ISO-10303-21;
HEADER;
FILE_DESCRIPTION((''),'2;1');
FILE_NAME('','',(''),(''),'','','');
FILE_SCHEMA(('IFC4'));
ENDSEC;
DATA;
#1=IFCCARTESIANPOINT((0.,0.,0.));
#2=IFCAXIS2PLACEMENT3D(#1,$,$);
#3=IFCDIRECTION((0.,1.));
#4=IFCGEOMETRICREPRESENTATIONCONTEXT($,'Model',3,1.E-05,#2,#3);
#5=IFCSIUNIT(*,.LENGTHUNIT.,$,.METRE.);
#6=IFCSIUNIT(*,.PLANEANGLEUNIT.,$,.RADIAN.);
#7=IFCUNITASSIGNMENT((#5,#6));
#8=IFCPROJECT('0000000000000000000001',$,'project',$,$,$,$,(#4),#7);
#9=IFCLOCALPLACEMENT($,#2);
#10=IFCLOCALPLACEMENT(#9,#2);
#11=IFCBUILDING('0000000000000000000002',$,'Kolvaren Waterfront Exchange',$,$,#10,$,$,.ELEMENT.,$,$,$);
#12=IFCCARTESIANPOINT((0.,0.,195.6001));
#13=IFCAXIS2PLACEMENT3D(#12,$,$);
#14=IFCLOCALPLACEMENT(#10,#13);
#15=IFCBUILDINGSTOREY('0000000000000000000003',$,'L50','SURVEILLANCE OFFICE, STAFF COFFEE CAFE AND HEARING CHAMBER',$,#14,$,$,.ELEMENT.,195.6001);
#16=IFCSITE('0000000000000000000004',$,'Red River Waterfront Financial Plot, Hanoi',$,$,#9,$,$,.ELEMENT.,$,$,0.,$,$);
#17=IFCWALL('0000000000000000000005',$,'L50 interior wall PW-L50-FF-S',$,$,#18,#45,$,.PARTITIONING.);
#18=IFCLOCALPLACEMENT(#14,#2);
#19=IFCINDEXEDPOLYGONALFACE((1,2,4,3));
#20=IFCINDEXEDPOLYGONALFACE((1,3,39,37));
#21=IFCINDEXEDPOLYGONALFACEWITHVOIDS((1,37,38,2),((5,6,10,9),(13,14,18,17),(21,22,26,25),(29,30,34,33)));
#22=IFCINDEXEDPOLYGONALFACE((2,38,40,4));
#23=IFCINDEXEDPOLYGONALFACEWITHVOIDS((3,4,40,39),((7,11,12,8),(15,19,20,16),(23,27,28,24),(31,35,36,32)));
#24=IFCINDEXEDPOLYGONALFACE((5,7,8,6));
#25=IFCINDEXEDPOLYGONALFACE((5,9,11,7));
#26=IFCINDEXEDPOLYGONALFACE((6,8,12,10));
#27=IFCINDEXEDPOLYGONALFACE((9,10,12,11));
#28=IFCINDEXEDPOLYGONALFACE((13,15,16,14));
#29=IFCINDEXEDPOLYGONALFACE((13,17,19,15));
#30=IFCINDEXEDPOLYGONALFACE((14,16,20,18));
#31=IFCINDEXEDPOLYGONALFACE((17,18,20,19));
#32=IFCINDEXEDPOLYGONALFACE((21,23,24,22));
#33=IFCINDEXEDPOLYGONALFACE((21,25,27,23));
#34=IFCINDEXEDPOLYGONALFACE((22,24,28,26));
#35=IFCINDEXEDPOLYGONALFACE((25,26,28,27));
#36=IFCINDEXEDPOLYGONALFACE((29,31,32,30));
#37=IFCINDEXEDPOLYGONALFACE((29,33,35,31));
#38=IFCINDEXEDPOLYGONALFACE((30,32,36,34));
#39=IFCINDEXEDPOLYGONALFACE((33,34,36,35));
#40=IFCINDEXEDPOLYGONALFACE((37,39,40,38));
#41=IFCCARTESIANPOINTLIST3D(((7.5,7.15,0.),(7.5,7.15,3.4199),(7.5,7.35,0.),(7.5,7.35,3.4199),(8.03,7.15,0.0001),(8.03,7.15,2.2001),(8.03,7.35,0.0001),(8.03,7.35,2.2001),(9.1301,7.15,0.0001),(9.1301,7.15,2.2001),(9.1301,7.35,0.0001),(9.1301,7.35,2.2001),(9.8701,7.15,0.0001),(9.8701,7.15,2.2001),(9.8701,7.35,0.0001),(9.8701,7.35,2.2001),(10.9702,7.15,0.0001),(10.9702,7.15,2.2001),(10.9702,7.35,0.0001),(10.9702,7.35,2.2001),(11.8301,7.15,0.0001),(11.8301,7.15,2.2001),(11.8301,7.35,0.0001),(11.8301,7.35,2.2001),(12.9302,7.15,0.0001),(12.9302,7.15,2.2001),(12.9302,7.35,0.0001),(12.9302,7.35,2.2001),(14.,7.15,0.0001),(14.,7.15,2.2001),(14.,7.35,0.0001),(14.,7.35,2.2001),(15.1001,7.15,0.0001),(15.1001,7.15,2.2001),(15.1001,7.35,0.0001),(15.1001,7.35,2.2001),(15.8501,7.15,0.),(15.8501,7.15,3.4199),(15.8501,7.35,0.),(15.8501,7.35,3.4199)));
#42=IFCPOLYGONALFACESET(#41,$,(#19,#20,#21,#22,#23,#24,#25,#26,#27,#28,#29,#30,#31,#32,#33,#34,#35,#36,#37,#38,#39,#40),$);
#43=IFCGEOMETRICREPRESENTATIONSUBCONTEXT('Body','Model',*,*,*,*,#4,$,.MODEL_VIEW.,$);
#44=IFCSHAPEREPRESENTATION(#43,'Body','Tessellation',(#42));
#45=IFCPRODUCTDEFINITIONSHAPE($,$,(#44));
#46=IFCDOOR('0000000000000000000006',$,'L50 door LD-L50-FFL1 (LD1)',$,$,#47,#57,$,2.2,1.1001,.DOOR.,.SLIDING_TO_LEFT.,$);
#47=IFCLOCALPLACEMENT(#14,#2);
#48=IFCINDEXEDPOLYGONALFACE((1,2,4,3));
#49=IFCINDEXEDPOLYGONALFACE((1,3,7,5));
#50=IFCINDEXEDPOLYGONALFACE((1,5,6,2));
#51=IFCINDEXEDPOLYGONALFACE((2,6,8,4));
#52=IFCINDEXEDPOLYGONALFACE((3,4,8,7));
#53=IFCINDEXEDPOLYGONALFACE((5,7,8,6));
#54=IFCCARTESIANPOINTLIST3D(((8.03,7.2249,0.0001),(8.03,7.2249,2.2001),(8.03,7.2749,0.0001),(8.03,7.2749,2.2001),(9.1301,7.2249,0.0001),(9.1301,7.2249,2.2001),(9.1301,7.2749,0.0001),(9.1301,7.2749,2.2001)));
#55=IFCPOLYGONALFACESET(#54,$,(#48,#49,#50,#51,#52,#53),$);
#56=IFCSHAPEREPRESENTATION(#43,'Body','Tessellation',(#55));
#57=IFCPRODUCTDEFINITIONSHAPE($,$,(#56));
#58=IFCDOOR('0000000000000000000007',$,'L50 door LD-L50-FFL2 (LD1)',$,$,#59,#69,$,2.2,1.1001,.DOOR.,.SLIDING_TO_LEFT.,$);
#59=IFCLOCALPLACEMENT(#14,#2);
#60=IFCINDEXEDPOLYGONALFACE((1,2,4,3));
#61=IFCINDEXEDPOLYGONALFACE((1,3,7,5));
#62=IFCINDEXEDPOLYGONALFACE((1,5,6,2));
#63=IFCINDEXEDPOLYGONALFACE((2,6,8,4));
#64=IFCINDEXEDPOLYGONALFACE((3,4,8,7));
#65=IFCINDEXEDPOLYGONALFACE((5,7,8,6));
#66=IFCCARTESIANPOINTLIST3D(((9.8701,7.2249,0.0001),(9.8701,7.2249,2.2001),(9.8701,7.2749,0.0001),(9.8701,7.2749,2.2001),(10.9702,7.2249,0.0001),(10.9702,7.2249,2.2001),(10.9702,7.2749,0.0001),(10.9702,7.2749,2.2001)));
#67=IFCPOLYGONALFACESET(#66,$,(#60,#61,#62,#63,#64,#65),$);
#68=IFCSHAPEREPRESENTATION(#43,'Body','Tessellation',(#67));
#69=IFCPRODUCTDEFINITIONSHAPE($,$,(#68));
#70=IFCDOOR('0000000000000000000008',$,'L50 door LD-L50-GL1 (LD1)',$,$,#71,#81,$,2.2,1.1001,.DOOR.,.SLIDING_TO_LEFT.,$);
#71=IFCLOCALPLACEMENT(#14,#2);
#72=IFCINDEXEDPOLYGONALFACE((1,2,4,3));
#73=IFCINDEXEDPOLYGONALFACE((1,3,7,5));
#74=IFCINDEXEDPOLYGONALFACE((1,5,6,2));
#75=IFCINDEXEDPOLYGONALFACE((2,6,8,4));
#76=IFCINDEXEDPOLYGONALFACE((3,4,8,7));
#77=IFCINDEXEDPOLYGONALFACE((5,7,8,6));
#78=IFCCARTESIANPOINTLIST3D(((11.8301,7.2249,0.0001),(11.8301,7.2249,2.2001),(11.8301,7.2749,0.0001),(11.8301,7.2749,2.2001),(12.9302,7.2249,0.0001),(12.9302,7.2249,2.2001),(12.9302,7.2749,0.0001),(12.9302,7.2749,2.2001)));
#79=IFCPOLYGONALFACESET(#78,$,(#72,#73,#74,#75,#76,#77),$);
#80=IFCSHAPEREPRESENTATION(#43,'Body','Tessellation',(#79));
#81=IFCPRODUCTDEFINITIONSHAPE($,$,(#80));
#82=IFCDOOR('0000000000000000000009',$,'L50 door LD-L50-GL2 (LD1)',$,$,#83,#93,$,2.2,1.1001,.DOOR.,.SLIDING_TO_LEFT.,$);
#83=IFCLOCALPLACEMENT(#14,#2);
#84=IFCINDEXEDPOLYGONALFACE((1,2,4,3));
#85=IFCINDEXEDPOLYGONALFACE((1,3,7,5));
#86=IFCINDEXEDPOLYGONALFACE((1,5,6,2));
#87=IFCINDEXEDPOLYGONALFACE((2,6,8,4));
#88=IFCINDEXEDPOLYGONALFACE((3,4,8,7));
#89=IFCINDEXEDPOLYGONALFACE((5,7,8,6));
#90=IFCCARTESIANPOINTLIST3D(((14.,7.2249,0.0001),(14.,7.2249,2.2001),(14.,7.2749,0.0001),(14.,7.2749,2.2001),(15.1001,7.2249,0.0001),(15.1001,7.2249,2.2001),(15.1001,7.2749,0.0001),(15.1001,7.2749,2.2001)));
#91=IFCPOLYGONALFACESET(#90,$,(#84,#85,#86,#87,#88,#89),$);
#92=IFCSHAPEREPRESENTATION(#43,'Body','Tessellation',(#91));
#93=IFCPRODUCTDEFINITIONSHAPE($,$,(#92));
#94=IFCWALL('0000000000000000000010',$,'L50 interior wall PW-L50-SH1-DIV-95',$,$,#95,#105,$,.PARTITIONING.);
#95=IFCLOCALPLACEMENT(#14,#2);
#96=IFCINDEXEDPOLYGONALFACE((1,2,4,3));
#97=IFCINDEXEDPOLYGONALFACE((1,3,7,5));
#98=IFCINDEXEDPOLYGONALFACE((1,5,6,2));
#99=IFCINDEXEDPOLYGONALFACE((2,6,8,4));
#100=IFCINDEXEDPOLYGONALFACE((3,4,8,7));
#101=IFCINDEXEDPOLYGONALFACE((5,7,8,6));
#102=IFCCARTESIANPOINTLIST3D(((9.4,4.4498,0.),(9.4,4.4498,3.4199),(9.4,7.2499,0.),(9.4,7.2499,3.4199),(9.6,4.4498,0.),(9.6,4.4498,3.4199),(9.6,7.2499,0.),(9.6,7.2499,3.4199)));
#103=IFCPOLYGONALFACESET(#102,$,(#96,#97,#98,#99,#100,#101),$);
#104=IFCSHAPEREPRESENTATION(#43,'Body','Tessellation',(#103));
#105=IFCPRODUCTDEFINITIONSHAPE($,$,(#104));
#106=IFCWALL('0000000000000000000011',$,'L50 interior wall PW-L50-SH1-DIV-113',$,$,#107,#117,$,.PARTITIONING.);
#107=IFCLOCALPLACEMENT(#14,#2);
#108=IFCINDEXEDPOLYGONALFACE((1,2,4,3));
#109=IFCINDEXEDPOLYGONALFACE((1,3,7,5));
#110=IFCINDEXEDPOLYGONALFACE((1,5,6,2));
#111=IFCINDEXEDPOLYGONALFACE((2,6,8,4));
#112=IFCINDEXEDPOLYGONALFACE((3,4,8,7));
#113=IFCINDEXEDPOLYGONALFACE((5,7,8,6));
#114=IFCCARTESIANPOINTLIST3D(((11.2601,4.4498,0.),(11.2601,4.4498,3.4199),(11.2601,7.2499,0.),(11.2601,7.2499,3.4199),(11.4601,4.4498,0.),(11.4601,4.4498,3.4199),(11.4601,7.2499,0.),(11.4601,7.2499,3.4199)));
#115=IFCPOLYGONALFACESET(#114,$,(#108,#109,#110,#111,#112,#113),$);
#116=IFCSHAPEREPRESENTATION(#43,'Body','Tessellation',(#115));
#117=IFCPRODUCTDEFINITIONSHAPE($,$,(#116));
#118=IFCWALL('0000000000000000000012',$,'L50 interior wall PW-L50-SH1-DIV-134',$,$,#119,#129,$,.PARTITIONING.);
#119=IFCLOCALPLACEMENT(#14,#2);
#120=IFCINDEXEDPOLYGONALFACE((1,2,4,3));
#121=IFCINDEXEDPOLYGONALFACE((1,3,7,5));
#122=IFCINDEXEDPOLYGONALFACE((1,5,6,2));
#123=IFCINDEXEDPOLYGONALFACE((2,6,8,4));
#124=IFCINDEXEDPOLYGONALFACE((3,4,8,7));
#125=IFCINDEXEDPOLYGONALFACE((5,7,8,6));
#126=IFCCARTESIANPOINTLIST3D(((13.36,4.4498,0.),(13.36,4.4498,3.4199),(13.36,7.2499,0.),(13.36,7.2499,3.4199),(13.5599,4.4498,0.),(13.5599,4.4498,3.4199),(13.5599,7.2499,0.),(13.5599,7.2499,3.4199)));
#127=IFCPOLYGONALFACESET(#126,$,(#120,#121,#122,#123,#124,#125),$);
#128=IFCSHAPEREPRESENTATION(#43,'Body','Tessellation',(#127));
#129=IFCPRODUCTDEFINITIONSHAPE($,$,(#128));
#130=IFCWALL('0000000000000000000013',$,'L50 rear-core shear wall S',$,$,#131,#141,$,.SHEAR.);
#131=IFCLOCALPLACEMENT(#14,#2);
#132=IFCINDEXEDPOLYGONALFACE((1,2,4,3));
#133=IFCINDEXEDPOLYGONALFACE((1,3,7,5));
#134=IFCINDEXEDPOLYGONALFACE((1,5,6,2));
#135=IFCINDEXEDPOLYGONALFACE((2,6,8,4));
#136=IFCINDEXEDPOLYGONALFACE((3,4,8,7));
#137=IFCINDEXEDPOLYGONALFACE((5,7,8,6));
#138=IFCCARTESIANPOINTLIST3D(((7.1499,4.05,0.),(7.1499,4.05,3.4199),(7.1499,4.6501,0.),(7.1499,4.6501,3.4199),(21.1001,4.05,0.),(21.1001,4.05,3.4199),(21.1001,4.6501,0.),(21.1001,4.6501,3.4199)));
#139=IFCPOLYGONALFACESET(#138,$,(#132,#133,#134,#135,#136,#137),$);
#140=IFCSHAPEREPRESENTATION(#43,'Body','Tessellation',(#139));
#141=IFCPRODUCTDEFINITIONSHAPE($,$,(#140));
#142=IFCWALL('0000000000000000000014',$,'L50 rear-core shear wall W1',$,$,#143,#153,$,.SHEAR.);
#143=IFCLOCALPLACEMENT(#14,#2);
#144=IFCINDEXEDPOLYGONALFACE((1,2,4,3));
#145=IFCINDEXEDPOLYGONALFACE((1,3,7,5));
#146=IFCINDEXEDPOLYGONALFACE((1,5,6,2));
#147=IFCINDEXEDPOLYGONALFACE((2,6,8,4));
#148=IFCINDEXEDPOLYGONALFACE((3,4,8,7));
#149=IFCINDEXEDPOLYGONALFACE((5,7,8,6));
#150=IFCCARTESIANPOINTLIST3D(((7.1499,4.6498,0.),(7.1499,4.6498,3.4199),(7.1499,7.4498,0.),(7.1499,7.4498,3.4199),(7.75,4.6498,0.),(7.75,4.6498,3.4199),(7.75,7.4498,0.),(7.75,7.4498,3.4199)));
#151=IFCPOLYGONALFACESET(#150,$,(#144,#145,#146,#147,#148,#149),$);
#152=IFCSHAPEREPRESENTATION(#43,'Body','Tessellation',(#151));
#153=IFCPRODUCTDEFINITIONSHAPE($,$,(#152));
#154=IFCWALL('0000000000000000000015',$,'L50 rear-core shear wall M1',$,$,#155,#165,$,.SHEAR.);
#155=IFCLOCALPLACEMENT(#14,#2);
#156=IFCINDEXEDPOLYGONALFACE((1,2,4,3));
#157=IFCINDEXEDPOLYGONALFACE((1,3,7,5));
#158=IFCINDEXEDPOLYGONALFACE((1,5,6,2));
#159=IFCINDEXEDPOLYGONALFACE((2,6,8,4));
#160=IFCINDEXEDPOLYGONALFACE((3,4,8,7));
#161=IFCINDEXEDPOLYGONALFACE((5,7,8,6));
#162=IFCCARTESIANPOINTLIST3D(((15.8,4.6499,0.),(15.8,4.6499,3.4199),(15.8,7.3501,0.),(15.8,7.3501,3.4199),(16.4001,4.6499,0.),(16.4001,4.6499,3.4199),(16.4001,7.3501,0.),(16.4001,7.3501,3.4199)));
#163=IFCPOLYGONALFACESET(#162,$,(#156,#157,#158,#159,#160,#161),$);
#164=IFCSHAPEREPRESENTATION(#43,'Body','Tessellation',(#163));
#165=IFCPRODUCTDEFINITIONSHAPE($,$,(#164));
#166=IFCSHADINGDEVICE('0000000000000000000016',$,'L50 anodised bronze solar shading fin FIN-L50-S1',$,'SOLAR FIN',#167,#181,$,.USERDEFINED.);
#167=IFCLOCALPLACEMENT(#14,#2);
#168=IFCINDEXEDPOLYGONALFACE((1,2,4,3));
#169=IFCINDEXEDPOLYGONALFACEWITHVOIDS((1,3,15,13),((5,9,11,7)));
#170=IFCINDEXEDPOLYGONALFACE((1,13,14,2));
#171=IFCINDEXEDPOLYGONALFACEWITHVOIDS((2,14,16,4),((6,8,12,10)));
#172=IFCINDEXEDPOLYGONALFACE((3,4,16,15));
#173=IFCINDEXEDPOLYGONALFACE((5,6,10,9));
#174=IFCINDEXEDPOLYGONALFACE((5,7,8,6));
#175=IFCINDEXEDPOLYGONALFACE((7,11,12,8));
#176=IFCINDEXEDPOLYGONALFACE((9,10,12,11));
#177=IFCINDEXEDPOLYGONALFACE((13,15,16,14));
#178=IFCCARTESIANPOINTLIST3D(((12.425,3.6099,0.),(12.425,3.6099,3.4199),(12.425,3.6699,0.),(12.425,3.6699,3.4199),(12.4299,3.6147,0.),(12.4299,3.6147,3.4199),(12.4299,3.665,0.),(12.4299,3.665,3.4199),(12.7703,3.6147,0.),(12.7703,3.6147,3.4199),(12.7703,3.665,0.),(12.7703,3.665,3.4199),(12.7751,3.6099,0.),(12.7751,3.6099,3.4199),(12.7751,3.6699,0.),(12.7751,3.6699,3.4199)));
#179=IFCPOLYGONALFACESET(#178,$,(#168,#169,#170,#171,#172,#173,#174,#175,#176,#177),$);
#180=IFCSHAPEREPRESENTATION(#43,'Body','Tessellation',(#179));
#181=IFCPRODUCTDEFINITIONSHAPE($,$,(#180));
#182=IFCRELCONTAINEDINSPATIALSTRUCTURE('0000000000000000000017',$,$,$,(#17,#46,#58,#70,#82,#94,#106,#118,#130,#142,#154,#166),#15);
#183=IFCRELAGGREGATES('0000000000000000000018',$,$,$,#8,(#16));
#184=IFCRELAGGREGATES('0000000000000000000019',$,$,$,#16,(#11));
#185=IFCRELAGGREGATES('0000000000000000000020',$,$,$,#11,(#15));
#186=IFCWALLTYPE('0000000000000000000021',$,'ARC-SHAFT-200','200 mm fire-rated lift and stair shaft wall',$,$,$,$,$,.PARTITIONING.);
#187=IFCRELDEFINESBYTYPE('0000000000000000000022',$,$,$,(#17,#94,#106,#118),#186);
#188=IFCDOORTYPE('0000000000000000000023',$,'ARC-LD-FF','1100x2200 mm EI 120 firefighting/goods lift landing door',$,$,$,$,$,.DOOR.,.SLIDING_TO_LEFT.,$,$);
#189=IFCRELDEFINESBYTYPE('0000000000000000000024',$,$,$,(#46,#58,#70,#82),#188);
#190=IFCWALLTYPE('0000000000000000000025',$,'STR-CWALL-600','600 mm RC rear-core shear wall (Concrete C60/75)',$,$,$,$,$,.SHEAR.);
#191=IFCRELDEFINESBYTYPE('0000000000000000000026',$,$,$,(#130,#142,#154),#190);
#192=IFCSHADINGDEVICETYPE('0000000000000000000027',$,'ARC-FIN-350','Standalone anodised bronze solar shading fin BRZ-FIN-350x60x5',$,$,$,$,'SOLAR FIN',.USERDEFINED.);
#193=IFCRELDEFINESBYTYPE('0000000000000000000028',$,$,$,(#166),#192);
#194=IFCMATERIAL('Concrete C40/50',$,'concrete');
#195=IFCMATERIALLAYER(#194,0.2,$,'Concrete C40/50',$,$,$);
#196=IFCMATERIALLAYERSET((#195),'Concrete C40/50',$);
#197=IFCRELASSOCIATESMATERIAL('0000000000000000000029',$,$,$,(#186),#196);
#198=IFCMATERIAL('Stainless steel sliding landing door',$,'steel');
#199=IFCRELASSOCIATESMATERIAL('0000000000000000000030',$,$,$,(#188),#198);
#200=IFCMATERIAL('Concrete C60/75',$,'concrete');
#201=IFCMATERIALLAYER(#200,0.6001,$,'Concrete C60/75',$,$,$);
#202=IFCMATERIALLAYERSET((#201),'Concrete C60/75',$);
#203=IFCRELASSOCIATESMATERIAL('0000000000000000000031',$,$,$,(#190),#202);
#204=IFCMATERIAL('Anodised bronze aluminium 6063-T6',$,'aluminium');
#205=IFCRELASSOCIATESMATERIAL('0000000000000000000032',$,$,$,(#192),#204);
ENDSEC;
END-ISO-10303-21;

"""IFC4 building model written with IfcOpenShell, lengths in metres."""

from ifc_helpers import new_model, si_unit, direction, frame, frame_2d, origin, origin_2d, place, context, subcontext, project, spatial, rectangle, hollow_rectangle, extrude, material, layer, layer_set, material_profile, profile_set, type_object, element, fill, save


model = new_model("IFC4")

# Units and contexts
model_context = context("Model", 3, precision=1e-05, world=origin(), true_north=direction((0.0, 1.0)))
body_context = subcontext(model_context, "Body", "Model", "MODEL_VIEW")
ifc_project = project(units=[si_unit("LENGTHUNIT", "METRE"), si_unit("PLANEANGLEUNIT", "RADIAN")], contexts=[model_context])

# Site, building, storey
site_placement = place(None, origin())
site = spatial("IfcSite", under=ifc_project, at=site_placement, Name="Red River Waterfront Financial Plot, Hanoi", CompositionType="ELEMENT", RefElevation=0.0)
building_placement = place(site_placement, origin())
building = spatial("IfcBuilding", under=site, at=building_placement, Name="Kolvaren Waterfront Exchange", CompositionType="ELEMENT")
storey_placement = place(building_placement, frame((0.0, 0.0, 195.6001)))
storey = spatial("IfcBuildingStorey", under=building, at=storey_placement, Name="L50", Description="SURVEILLANCE OFFICE, STAFF COFFEE CAFE AND HEARING CHAMBER", CompositionType="ELEMENT", Elevation=195.6001)

# Shared definitions
ifc_material_1 = material(Name="Concrete C60/75", Category="concrete")

# Shared definitions
ifc_material_2 = material(Name="Anodised bronze aluminium 6063-T6", Category="aluminium")

# Shared definitions
ifc_material_3 = material(Name="Concrete C40/50", Category="concrete")
ifc_layer_1 = layer(ifc_material_3, 0.2, Name="Concrete C40/50")
ifc_layer_set_1 = layer_set([ifc_layer_1], Name="Concrete C40/50")
wall_type_1 = type_object("IfcWallType", Name="ARC-SHAFT-200", Description="200 mm fire-rated lift and stair shaft wall", PredefinedType="PARTITIONING", material=ifc_layer_set_1)

# Wall, openings, doors
wall_1_placement = place(storey_placement, frame((7.5, 7.25, 0.0), z_axis=(0.0, 0.0, 1.0), x_axis=(1.0, 0.0, 0.0)))
wall_1 = element("IfcWall", 1, at=wall_1_placement, inside=storey, type_object=wall_type_1, Name="L50 interior wall PW-L50-FF-S", PredefinedType="PARTITIONING", context=body_context, shape_type="SweptSolid", body=[
    extrude(rectangle(XDim=8.3501, YDim=0.2, at=frame_2d((4.175, 0.0))), origin(), (0.0, 0.0, 1.0), 3.4199),
])
opening_1_placement = place(wall_1_placement, frame((0.53, 0.0, 0.0)))
opening_1 = element("IfcOpeningElement", 2, at=opening_1_placement, cuts=wall_1, PredefinedType="OPENING", context=body_context, shape_type="SweptSolid", body=[
    extrude(rectangle(XDim=1.1001, YDim=2.2, at=frame_2d((0.55, 1.1001))), frame((0.0, 0.1099, 0.0), z_axis=(0.0, -1.0, 0.0), x_axis=(1.0, 0.0, 0.0)), (0.0, 0.0, 1.0), 0.22),
])
opening_2_placement = place(wall_1_placement, frame((2.3701, 0.0, 0.0)))
opening_2 = element("IfcOpeningElement", 3, at=opening_2_placement, cuts=wall_1, PredefinedType="OPENING", context=body_context, shape_type="SweptSolid", body=[
    extrude(rectangle(XDim=1.1001, YDim=2.2, at=frame_2d((0.55, 1.1001))), frame((0.0, 0.1099, 0.0), z_axis=(0.0, -1.0, 0.0), x_axis=(1.0, 0.0, 0.0)), (0.0, 0.0, 1.0), 0.22),
])
opening_3_placement = place(wall_1_placement, frame((4.3301, 0.0, 0.0)))
opening_3 = element("IfcOpeningElement", 4, at=opening_3_placement, cuts=wall_1, PredefinedType="OPENING", context=body_context, shape_type="SweptSolid", body=[
    extrude(rectangle(XDim=1.1001, YDim=2.2, at=frame_2d((0.55, 1.1001))), frame((0.0, 0.1099, 0.0), z_axis=(0.0, -1.0, 0.0), x_axis=(1.0, 0.0, 0.0)), (0.0, 0.0, 1.0), 0.22),
])
opening_4_placement = place(wall_1_placement, frame((6.5, 0.0, 0.0)))
opening_4 = element("IfcOpeningElement", 5, at=opening_4_placement, cuts=wall_1, PredefinedType="OPENING", context=body_context, shape_type="SweptSolid", body=[
    extrude(rectangle(XDim=1.1001, YDim=2.2, at=frame_2d((0.55, 1.1001))), frame((0.0, 0.1099, 0.0), z_axis=(0.0, -1.0, 0.0), x_axis=(1.0, 0.0, 0.0)), (0.0, 0.0, 1.0), 0.22),
])
ifc_material_4 = material(Name="Stainless steel sliding landing door", Category="steel")
door_type_1 = type_object("IfcDoorType", Name="ARC-LD-FF", Description="1100x2200 mm EI 120 firefighting/goods lift landing door", OperationType="SLIDING_TO_LEFT", PredefinedType="DOOR", material=ifc_material_4)
door_1_placement = place(opening_1_placement, origin())
door_1 = element("IfcDoor", 6, at=door_1_placement, inside=storey, type_object=door_type_1, Name="L50 door LD-L50-FFL1 (LD1)", OperationType="SLIDING_TO_LEFT", OverallHeight=2.2, OverallWidth=1.1001, PredefinedType="DOOR", context=body_context, shape_type="SweptSolid", body=[
    extrude(rectangle(XDim=1.1001, YDim=2.2, at=frame_2d((0.55, 1.1001))), frame((0.0, 0.0249, 0.0), z_axis=(0.0, -1.0, 0.0), x_axis=(1.0, 0.0, 0.0)), (0.0, 0.0, 1.0), 0.05),
])
fill(opening_1, door_1)
door_2_placement = place(opening_2_placement, origin())
door_2 = element("IfcDoor", 7, at=door_2_placement, inside=storey, type_object=door_type_1, Name="L50 door LD-L50-FFL2 (LD1)", OperationType="SLIDING_TO_LEFT", OverallHeight=2.2, OverallWidth=1.1001, PredefinedType="DOOR", context=body_context, shape_type="SweptSolid", body=[
    extrude(rectangle(XDim=1.1001, YDim=2.2, at=frame_2d((0.55, 1.1001))), frame((0.0, 0.0249, 0.0), z_axis=(0.0, -1.0, 0.0), x_axis=(1.0, 0.0, 0.0)), (0.0, 0.0, 1.0), 0.05),
])
fill(opening_2, door_2)
door_3_placement = place(opening_3_placement, origin())
door_3 = element("IfcDoor", 8, at=door_3_placement, inside=storey, type_object=door_type_1, Name="L50 door LD-L50-GL1 (LD1)", OperationType="SLIDING_TO_LEFT", OverallHeight=2.2, OverallWidth=1.1001, PredefinedType="DOOR", context=body_context, shape_type="SweptSolid", body=[
    extrude(rectangle(XDim=1.1001, YDim=2.2, at=frame_2d((0.55, 1.1001))), frame((0.0, 0.0249, 0.0), z_axis=(0.0, -1.0, 0.0), x_axis=(1.0, 0.0, 0.0)), (0.0, 0.0, 1.0), 0.05),
])
fill(opening_3, door_3)
door_4_placement = place(opening_4_placement, origin())
door_4 = element("IfcDoor", 9, at=door_4_placement, inside=storey, type_object=door_type_1, Name="L50 door LD-L50-GL2 (LD1)", OperationType="SLIDING_TO_LEFT", OverallHeight=2.2, OverallWidth=1.1001, PredefinedType="DOOR", context=body_context, shape_type="SweptSolid", body=[
    extrude(rectangle(XDim=1.1001, YDim=2.2, at=frame_2d((0.55, 1.1001))), frame((0.0, 0.0249, 0.0), z_axis=(0.0, -1.0, 0.0), x_axis=(1.0, 0.0, 0.0)), (0.0, 0.0, 1.0), 0.05),
])
fill(opening_4, door_4)

# Walls
for number, where, z_axis, x_axis, name in (
    (10, (9.5, 4.45, 0.0), (0.0, 0.0, 1.0), (0.0, 1.0, 0.0), "L50 interior wall PW-L50-SH1-DIV-95"),
    (11, (11.3601, 4.45, 0.0), (0.0, 0.0, 1.0), (0.0, 1.0, 0.0), "L50 interior wall PW-L50-SH1-DIV-113"),
    (12, (13.46, 4.45, 0.0), (0.0, 0.0, 1.0), (0.0, 1.0, 0.0), "L50 interior wall PW-L50-SH1-DIV-134"),
):
    element("IfcWall", number, at=place(storey_placement, frame(where, z_axis=z_axis, x_axis=x_axis)), inside=storey, type_object=wall_type_1, Name=name, PredefinedType="PARTITIONING", context=body_context, shape_type="SweptSolid", body=[
        extrude(rectangle(XDim=2.8, YDim=0.2, at=frame_2d((1.3999, 0.0))), origin(), (0.0, 0.0, 1.0), 3.4199),
    ])
ifc_layer_2 = layer(ifc_material_1, 0.6001, Name="Concrete C60/75")
ifc_layer_set_2 = layer_set([ifc_layer_2], Name="Concrete C60/75")
wall_type_2 = type_object("IfcWallType", Name="STR-CWALL-600", Description="600 mm RC rear-core shear wall (Concrete C60/75)", PredefinedType="SHEAR", material=ifc_layer_set_2)
wall_2_placement = place(storey_placement, frame((7.1499, 4.3501, 0.0), z_axis=(0.0, 0.0, 1.0), x_axis=(1.0, 0.0, 0.0)))
element("IfcWall", 13, at=wall_2_placement, inside=storey, type_object=wall_type_2, Name="L50 rear-core shear wall S", PredefinedType="SHEAR", context=body_context, shape_type="SweptSolid", body=[
    extrude(rectangle(XDim=13.9502, YDim=0.6001, at=frame_2d((6.9751, 0.0))), origin(), (0.0, 0.0, 1.0), 3.4199),
])
wall_3_placement = place(storey_placement, frame((7.45, 4.6499, 0.0), z_axis=(0.0, 0.0, 1.0), x_axis=(0.0, 1.0, 0.0)))
element("IfcWall", 14, at=wall_3_placement, inside=storey, type_object=wall_type_2, Name="L50 rear-core shear wall W1", PredefinedType="SHEAR", context=body_context, shape_type="SweptSolid", body=[
    extrude(rectangle(XDim=2.8, YDim=0.6001, at=frame_2d((1.3999, 0.0))), origin(), (0.0, 0.0, 1.0), 3.4199),
])
wall_4_placement = place(storey_placement, frame((16.1001, 4.6499, 0.0), z_axis=(0.0, 0.0, 1.0), x_axis=(0.0, 1.0, 0.0)))
element("IfcWall", 15, at=wall_4_placement, inside=storey, type_object=wall_type_2, Name="L50 rear-core shear wall M1", PredefinedType="SHEAR", context=body_context, shape_type="SweptSolid", body=[
    extrude(rectangle(XDim=2.7002, YDim=0.6001, at=frame_2d((1.3501, 0.0))), origin(), (0.0, 0.0, 1.0), 3.4199),
])

# Shading device
ifc_material_profile_1 = material_profile(ifc_material_2, hollow_rectangle(XDim=0.0601, YDim=0.3501, WallThickness=0.0049, at=origin_2d()), Name="BRZ-FIN-350x60x5")
ifc_profile_set_1 = profile_set([ifc_material_profile_1], Name="Anodised bronze aluminium 6063-T6")
shading_device_type = type_object("IfcShadingDeviceType", Name="ARC-FIN-350", Description="Standalone anodised bronze solar shading fin BRZ-FIN-350x60x5", ElementType="SOLAR FIN", PredefinedType="USERDEFINED", material=ifc_profile_set_1)
shading_device_placement = place(storey_placement, frame((12.6001, 3.6399, 0.0), z_axis=(0.0, 0.0, 1.0), x_axis=(0.0, -1.0, 0.0)))
element("IfcShadingDevice", 16, at=shading_device_placement, inside=storey, type_object=shading_device_type, Name="L50 anodised bronze solar shading fin FIN-L50-S1", ObjectType="SOLAR FIN", PredefinedType="USERDEFINED", context=body_context, shape_type="SweptSolid", body=[
    extrude(hollow_rectangle(XDim=0.0601, YDim=0.3501, WallThickness=0.0049, at=origin_2d()), origin(), (0.0, 0.0, 1.0), 3.4199),
])

save(model, "model.ifc")
